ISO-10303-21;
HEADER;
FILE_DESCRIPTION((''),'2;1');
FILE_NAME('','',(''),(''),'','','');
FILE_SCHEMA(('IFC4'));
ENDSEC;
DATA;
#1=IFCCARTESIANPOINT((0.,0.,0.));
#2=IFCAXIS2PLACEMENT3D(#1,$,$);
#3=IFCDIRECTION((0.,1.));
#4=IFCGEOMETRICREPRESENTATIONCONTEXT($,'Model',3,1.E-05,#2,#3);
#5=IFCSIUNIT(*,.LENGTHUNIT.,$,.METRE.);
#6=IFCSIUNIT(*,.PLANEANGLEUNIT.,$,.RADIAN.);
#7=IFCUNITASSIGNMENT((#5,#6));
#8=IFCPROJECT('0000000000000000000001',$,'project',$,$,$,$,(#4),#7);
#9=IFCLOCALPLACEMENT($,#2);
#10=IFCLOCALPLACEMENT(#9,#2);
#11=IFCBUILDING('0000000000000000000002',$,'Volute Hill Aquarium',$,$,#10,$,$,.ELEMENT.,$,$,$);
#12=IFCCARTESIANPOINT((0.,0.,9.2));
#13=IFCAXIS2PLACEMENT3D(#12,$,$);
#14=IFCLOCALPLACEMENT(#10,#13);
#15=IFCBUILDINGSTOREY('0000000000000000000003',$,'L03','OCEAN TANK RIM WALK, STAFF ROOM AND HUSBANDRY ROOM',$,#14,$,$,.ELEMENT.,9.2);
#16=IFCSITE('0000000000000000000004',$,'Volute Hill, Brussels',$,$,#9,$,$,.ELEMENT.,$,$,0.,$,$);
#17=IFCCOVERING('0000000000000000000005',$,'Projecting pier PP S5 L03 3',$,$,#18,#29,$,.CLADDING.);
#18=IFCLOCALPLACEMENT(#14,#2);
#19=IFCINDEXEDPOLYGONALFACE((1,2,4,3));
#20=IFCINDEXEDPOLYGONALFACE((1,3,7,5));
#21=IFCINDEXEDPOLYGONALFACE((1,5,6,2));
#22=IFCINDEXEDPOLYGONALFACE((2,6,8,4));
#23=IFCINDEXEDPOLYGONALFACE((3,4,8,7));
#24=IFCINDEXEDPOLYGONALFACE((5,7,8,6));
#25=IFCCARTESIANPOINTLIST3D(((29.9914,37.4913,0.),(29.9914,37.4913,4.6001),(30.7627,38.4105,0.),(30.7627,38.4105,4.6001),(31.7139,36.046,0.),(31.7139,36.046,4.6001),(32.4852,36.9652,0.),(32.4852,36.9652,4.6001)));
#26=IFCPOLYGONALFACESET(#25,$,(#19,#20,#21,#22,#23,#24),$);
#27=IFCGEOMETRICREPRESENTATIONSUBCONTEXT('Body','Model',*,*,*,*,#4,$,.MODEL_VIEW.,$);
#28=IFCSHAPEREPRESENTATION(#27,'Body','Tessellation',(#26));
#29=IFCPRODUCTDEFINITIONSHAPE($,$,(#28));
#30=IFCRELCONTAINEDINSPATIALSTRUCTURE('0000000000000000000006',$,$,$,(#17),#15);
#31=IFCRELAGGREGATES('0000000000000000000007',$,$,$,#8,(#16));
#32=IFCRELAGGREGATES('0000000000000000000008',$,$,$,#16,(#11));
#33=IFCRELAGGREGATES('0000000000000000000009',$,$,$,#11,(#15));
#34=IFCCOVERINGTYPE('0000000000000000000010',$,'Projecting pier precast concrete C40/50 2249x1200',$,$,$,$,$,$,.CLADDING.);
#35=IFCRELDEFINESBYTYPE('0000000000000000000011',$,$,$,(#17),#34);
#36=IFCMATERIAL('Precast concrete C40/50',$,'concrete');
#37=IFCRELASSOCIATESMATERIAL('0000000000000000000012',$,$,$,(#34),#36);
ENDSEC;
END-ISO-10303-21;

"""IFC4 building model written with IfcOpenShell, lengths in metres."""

from ifc_helpers import new_model, si_unit, direction, frame, origin, origin_2d, place, context, subcontext, project, spatial, rectangle, extrude, material, type_object, element, save


model = new_model("IFC4")

# Units and contexts
model_context = context("Model", 3, precision=1e-05, world=origin(), true_north=direction((0.0, 1.0)))
body_context = subcontext(model_context, "Body", "Model", "MODEL_VIEW")
ifc_project = project(units=[si_unit("LENGTHUNIT", "METRE"), si_unit("PLANEANGLEUNIT", "RADIAN")], contexts=[model_context])

# Site, building, storey
site_placement = place(None, origin())
site = spatial("IfcSite", under=ifc_project, at=site_placement, Name="Volute Hill, Brussels", CompositionType="ELEMENT", RefElevation=0.0)
building_placement = place(site_placement, origin())
building = spatial("IfcBuilding", under=site, at=building_placement, Name="Volute Hill Aquarium", CompositionType="ELEMENT")
storey_placement = place(building_placement, frame((0.0, 0.0, 9.2)))
storey = spatial("IfcBuildingStorey", under=building, at=storey_placement, Name="L03", Description="OCEAN TANK RIM WALK, STAFF ROOM AND HUSBANDRY ROOM", CompositionType="ELEMENT", Elevation=9.2)

# Covering
ifc_material_1 = material(Name="Precast concrete C40/50", Category="concrete")
covering_type_1 = type_object("IfcCoveringType", Name="Projecting pier precast concrete C40/50 2249x1200", PredefinedType="CLADDING", material=ifc_material_1)
for number, where, z_axis, x_axis, name in (
    (1, (31.2383, 37.2283, 0.0), (0.0, 0.0, 1.0), (-0.766044, 0.642788, 0.0), "Projecting pier PP S5 L03 3"),
):
    element("IfcCovering", number, at=place(storey_placement, frame(where, z_axis=z_axis, x_axis=x_axis)), inside=storey, type_object=covering_type_1, Name=name, PredefinedType="CLADDING", context=body_context, shape_type="SweptSolid", body=[
        extrude(rectangle(XDim=2.2485, YDim=1.2, at=origin_2d()), origin(), (0.0, 0.0, 1.0), 4.6001),
    ])

save(model, "model.ifc")
